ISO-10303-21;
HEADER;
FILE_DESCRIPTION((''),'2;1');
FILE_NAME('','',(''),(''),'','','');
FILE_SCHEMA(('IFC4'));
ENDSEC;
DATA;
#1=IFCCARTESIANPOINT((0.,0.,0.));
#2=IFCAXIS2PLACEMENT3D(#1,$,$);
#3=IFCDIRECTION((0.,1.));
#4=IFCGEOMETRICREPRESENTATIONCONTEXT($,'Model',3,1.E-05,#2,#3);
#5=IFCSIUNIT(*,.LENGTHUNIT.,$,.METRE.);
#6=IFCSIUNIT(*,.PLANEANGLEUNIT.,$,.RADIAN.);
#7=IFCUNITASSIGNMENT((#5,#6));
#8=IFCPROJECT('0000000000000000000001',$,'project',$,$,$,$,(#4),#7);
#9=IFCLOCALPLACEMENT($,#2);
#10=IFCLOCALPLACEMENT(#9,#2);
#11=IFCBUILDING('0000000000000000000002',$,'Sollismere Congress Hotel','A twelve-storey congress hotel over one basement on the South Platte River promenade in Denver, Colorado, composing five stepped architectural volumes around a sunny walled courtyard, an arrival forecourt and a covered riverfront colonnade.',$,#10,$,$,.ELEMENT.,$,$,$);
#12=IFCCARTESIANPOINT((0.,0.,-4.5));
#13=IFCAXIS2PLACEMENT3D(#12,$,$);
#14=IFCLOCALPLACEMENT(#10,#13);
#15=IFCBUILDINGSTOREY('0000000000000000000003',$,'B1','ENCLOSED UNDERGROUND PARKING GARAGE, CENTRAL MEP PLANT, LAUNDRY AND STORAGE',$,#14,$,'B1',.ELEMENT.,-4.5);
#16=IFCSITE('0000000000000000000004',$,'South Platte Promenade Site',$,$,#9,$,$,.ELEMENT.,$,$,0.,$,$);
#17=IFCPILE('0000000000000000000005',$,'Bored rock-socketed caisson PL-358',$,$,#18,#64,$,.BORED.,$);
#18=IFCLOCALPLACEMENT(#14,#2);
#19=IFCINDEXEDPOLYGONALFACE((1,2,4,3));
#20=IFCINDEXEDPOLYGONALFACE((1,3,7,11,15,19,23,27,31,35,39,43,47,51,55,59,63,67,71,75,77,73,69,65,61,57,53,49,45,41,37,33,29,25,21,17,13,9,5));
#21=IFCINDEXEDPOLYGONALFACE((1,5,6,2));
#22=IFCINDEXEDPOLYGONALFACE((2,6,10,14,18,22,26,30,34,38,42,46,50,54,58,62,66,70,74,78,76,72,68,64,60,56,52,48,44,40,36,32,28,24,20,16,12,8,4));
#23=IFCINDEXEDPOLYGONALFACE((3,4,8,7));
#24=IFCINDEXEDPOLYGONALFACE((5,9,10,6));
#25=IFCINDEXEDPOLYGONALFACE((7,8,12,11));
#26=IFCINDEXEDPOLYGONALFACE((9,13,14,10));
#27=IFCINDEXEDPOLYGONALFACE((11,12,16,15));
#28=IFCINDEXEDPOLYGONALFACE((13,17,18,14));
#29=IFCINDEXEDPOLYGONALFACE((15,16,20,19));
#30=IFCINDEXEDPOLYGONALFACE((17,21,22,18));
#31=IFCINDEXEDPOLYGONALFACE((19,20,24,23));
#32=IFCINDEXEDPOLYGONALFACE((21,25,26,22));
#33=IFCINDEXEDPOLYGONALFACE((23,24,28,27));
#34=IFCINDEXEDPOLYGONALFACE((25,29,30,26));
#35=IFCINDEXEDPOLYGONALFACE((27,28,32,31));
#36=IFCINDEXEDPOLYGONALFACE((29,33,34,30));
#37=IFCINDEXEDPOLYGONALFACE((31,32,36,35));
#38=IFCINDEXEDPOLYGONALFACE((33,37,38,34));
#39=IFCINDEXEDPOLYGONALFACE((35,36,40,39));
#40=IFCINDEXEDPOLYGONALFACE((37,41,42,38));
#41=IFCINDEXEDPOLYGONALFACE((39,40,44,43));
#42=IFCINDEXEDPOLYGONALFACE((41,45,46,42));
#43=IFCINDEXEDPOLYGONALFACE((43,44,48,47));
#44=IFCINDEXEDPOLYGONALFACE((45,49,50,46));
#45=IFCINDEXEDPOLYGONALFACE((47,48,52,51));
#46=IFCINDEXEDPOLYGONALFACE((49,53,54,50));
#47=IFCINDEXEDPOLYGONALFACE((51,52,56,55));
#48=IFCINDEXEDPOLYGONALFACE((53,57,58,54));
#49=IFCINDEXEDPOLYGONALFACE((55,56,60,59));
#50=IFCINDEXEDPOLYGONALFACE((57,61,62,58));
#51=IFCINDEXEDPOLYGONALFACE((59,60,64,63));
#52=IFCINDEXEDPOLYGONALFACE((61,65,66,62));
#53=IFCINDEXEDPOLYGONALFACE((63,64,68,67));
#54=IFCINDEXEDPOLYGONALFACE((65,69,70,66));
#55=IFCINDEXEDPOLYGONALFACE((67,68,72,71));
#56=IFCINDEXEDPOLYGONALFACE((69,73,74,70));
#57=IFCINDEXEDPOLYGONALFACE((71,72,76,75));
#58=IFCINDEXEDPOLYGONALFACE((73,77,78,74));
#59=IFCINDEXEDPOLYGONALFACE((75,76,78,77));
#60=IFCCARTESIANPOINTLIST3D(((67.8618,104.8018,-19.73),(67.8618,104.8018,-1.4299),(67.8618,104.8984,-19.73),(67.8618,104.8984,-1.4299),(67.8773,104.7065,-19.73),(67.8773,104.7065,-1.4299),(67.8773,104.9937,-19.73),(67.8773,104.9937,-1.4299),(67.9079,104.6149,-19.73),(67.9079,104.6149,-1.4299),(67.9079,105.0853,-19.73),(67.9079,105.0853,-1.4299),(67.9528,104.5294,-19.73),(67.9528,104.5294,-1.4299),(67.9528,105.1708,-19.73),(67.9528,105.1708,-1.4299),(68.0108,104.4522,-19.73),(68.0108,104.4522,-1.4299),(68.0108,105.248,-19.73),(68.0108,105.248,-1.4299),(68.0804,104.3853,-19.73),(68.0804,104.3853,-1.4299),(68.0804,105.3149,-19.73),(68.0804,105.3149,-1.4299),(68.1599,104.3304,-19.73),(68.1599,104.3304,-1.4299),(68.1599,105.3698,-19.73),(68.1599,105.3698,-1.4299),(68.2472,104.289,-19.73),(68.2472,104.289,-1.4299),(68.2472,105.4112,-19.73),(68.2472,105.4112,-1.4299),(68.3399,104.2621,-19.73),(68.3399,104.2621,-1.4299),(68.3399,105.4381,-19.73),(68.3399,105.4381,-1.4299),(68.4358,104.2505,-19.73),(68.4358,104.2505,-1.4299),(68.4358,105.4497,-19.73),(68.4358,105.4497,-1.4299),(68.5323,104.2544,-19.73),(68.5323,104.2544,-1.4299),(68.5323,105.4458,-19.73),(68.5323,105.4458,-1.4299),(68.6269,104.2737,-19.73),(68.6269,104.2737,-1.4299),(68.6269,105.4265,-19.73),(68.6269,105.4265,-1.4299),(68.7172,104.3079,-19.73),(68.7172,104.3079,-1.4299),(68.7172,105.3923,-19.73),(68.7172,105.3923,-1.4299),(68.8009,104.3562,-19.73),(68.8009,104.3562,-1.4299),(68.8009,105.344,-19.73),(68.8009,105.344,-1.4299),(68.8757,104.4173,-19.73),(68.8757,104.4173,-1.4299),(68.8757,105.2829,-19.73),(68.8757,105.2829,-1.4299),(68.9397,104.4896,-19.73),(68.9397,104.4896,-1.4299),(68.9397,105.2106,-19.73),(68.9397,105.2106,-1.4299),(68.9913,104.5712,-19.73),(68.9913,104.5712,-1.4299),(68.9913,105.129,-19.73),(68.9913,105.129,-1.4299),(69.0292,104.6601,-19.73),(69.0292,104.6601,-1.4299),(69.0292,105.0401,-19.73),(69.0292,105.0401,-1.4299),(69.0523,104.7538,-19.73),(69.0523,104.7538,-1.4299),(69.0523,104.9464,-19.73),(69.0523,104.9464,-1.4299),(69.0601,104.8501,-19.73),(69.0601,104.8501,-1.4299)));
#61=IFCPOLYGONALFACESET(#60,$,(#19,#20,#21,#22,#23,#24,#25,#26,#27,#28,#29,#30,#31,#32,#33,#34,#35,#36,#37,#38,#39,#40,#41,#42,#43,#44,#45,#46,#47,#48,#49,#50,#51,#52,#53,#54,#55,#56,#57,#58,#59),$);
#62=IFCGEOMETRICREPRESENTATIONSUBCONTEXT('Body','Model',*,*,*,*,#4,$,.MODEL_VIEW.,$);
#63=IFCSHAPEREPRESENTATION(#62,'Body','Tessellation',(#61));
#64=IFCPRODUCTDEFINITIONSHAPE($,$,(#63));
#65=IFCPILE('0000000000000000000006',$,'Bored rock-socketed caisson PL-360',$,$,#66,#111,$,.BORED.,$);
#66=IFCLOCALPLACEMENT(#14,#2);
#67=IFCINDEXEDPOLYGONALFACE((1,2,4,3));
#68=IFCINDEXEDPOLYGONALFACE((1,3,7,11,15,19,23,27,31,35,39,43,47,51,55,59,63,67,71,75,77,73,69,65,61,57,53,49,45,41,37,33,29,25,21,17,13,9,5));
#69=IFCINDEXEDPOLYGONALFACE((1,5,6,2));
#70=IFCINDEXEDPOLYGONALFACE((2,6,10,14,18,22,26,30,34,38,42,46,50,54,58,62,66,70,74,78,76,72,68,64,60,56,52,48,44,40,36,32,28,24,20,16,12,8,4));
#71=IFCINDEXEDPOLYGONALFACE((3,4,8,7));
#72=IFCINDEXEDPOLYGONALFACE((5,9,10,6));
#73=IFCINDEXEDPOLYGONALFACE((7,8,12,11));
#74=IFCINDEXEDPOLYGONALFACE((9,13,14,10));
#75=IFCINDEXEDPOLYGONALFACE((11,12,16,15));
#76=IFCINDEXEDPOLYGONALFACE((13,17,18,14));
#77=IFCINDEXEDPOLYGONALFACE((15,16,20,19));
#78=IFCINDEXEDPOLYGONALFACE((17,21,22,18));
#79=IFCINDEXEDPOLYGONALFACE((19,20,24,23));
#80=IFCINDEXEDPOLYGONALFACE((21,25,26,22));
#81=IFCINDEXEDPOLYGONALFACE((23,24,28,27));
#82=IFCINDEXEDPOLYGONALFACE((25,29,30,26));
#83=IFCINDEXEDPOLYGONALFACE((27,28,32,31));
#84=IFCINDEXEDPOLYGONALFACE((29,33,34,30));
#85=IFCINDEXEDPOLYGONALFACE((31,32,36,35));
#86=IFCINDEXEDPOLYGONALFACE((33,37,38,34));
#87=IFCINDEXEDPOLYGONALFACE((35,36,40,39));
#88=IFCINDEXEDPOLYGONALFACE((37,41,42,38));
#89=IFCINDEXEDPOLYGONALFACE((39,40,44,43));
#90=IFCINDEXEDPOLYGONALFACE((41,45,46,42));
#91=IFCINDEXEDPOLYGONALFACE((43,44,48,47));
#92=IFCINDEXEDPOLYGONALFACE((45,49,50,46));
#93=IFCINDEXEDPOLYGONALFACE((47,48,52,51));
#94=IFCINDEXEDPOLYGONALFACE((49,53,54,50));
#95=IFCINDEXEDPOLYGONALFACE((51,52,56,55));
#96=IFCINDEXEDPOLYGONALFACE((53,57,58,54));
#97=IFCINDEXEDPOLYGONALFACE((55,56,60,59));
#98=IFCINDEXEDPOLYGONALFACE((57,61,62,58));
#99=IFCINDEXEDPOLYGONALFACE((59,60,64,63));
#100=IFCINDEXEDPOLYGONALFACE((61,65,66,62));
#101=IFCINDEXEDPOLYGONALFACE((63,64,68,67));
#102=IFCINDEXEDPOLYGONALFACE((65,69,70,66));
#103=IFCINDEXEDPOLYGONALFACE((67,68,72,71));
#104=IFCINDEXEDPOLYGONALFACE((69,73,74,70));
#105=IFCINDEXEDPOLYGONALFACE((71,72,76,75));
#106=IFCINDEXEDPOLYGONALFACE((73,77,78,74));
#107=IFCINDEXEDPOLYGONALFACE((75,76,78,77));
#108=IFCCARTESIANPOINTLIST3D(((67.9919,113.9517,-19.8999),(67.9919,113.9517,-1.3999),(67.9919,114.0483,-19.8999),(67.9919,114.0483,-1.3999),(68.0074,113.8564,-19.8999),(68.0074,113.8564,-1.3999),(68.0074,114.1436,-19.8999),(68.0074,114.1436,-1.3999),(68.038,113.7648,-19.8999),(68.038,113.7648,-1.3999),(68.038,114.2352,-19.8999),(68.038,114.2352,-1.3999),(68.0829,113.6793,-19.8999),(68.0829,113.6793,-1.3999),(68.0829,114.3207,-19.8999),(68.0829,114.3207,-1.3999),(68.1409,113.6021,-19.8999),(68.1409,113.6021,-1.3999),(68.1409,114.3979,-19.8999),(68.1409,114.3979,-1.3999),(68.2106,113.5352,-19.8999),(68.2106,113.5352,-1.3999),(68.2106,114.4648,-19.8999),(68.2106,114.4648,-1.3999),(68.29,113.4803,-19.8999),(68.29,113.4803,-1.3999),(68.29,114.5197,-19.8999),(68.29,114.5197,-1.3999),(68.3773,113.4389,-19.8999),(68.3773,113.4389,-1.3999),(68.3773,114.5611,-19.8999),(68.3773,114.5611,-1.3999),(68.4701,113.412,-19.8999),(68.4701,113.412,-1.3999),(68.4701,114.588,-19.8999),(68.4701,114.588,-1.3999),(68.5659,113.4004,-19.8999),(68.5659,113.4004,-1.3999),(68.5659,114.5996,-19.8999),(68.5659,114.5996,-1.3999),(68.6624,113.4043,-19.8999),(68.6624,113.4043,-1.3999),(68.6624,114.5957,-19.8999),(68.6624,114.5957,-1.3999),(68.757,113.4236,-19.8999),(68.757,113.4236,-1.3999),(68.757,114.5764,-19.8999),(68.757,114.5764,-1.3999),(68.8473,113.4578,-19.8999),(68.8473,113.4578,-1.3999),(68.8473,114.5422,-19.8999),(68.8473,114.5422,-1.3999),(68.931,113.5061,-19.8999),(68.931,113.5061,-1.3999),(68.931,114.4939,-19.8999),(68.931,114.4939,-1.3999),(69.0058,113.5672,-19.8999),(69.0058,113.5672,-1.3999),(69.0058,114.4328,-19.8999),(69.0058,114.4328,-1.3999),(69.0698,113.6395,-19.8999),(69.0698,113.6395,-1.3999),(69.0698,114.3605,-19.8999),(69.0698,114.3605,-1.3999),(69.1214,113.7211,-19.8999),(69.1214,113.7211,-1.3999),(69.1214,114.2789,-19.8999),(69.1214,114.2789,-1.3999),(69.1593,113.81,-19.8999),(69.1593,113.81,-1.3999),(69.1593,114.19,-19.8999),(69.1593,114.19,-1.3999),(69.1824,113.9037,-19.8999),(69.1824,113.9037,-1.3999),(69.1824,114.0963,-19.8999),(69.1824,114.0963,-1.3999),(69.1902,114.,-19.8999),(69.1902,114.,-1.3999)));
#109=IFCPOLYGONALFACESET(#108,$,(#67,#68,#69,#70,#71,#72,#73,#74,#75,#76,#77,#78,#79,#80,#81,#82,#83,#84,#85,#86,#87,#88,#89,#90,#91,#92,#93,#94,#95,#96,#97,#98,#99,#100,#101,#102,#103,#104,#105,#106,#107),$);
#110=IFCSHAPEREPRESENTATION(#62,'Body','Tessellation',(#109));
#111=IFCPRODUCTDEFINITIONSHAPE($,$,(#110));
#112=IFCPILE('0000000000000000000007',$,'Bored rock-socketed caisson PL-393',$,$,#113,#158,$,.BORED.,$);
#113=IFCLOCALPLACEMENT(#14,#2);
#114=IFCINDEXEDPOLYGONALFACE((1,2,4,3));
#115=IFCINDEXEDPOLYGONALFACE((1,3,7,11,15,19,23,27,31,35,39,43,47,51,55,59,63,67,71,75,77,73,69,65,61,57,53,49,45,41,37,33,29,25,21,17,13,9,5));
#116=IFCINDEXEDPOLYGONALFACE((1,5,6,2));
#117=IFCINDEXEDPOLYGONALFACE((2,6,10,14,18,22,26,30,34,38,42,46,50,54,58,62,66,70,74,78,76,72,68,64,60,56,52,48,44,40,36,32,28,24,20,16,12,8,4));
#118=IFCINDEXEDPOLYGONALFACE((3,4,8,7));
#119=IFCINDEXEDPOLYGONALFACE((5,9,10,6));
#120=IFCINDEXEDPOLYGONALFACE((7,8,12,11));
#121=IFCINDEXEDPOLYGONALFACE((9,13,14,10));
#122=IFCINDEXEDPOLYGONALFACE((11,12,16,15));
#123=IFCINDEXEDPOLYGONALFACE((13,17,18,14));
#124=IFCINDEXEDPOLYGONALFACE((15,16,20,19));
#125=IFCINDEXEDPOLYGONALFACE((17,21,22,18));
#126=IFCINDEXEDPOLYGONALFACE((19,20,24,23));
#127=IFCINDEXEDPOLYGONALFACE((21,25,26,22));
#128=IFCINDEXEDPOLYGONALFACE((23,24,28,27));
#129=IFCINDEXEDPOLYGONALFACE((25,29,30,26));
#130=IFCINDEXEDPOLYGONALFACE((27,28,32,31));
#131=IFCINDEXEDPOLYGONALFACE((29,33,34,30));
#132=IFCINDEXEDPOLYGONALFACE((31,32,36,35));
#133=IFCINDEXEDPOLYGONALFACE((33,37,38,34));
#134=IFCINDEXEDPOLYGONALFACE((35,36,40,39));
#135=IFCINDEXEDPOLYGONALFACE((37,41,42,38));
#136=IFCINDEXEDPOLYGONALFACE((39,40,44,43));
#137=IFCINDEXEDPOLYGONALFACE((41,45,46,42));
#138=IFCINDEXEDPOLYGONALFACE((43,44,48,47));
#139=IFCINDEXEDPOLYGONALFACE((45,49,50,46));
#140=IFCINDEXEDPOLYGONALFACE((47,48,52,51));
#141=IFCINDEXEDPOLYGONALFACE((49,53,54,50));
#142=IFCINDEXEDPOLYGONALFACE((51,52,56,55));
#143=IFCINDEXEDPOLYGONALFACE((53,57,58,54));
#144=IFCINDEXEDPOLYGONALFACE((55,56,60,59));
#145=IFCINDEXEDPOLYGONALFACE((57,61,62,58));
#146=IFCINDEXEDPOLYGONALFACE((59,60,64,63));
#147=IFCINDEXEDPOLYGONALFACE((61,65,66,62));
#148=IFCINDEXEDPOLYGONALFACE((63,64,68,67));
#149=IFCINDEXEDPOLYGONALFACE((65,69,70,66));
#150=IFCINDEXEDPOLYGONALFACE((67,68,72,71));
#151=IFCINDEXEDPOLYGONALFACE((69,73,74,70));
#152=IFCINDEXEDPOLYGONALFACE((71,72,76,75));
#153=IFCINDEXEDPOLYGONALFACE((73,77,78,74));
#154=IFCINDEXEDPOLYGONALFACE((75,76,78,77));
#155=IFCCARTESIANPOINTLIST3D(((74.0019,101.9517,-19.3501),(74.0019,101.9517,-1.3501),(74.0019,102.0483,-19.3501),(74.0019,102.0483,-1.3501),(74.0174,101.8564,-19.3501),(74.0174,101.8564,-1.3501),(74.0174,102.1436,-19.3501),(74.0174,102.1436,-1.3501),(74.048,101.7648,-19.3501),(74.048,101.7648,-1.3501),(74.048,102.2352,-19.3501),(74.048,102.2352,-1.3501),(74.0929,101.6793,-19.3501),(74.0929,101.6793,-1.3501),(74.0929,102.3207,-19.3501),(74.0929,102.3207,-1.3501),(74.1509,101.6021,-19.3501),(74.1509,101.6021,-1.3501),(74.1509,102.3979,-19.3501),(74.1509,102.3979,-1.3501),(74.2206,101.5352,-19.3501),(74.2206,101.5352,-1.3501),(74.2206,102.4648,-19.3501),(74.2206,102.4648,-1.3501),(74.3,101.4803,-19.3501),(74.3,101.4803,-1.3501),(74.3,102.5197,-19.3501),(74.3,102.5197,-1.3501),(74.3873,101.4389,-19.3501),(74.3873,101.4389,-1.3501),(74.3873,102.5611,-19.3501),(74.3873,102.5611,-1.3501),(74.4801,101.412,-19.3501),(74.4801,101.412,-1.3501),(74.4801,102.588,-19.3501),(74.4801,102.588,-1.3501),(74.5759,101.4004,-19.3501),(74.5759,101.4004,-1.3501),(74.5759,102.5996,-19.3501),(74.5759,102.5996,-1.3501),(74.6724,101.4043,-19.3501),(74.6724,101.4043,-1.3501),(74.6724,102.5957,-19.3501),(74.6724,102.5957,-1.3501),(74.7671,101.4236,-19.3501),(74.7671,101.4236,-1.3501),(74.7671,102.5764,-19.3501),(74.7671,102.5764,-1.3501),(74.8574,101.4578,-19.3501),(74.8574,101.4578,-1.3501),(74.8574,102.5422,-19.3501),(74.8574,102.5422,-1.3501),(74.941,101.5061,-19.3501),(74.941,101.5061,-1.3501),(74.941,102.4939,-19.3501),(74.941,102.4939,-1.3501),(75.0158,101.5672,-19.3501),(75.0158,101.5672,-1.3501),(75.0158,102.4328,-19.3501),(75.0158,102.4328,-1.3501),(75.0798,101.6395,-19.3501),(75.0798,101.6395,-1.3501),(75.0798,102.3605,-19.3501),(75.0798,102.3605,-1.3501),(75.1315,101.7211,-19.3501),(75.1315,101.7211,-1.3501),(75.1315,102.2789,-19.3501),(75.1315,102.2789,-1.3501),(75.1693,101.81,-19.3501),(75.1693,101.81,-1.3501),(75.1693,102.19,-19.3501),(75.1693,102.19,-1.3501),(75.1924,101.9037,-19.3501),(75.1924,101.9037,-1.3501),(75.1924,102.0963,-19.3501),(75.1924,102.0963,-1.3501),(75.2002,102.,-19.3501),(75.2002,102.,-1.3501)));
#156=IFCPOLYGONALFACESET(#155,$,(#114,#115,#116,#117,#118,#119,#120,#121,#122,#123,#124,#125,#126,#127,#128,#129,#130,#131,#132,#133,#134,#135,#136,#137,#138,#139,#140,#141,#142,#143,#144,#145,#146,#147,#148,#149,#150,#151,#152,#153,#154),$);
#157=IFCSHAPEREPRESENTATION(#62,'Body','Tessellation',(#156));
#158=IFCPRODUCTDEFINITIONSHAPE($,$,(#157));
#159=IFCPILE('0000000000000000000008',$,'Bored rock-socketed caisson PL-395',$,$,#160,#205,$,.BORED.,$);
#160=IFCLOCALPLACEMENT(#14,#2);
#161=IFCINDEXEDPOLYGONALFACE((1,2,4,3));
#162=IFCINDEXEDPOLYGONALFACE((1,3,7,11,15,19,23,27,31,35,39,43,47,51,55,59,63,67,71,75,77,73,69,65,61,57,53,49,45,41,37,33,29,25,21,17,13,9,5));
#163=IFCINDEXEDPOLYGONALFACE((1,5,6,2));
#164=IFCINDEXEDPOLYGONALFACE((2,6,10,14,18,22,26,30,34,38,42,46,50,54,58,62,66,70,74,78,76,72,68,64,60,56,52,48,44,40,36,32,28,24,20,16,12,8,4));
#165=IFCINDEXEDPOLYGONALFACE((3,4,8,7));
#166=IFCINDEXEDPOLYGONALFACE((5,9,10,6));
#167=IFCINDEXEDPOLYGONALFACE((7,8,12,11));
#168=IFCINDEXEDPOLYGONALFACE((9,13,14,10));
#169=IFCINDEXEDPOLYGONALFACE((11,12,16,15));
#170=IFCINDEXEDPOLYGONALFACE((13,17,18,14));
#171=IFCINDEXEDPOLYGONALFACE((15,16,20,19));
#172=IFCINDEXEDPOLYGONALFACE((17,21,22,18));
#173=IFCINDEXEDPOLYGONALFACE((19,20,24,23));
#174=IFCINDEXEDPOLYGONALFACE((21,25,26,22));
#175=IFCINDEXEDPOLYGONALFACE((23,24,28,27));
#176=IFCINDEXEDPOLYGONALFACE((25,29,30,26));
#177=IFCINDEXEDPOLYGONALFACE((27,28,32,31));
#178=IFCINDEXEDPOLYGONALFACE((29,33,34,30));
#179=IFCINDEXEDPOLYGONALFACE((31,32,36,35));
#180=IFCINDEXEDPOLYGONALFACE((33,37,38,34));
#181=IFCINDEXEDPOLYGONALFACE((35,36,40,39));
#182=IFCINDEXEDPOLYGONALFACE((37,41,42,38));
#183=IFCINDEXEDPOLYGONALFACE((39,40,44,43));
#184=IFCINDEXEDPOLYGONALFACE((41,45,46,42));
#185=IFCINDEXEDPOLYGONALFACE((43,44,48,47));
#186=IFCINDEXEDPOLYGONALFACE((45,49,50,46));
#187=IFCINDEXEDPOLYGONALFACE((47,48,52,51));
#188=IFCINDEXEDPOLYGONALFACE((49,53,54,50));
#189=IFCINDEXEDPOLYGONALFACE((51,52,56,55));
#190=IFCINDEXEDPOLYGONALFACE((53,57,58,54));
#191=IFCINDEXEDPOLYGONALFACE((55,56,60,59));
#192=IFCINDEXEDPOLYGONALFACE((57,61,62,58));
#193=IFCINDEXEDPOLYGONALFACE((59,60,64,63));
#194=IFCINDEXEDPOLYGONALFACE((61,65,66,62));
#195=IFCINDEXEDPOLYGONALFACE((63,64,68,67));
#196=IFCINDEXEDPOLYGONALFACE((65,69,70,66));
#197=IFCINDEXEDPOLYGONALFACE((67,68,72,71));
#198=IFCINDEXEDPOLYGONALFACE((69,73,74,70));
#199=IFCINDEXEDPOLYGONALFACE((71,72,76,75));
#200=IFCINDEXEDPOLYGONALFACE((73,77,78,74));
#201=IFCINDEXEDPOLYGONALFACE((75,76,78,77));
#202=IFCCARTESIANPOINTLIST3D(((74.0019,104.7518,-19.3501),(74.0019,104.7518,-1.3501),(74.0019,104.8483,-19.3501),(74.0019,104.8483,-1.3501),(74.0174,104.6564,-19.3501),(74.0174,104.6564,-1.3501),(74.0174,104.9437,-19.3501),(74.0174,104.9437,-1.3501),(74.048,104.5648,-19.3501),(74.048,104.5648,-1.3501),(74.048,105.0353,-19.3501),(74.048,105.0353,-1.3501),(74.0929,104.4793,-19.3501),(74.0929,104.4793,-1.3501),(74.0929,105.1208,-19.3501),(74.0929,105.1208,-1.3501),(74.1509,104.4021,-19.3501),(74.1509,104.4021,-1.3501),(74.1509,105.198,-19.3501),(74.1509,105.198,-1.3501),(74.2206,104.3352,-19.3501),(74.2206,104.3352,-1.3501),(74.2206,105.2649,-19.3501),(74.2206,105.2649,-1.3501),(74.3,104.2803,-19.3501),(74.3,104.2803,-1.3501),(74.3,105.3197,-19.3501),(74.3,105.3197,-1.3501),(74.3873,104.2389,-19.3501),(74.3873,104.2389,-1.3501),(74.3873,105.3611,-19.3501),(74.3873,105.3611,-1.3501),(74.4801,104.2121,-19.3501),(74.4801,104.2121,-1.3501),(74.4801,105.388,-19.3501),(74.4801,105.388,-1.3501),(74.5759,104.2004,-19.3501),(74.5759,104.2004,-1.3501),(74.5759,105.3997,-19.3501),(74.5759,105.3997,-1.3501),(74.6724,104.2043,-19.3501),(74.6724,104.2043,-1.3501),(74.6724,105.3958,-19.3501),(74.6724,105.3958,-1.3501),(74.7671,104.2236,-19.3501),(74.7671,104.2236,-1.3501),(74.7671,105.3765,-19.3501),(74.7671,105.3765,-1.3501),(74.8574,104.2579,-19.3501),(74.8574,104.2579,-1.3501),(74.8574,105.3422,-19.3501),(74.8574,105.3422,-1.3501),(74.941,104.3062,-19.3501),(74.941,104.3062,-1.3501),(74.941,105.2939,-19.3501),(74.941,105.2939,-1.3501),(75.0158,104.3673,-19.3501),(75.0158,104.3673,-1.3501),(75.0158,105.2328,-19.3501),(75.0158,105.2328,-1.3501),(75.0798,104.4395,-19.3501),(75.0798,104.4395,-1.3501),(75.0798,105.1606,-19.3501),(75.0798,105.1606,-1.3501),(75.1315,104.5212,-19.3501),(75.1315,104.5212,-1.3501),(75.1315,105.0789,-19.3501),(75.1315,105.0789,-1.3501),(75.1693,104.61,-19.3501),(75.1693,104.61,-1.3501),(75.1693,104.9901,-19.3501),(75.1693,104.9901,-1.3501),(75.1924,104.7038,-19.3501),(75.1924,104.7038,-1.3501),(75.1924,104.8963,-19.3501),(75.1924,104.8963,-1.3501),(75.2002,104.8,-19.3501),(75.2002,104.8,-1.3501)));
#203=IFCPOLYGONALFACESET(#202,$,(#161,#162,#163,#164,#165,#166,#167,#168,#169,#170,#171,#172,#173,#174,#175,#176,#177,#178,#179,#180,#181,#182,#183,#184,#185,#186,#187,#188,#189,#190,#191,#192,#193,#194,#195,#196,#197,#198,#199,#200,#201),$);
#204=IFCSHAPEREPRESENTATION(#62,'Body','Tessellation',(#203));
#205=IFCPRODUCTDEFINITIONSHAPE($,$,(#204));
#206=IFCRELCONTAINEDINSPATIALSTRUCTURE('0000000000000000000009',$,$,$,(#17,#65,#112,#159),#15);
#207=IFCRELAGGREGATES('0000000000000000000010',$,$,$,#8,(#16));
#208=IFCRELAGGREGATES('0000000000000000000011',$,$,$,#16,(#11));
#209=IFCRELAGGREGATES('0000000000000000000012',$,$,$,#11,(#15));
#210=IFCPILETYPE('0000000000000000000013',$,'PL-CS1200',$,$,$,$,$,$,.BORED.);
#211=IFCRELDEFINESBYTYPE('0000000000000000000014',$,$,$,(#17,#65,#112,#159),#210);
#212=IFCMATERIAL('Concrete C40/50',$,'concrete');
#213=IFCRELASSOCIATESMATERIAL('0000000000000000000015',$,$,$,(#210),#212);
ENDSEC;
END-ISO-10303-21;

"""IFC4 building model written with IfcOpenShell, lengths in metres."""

from ifc_helpers import new_model, si_unit, direction, frame, origin, origin_2d, place, context, subcontext, project, spatial, circle, extrude, material, material_profile, profile_set, type_object, element, save


model = new_model("IFC4")

# Units and contexts
model_context = context("Model", 3, precision=1e-05, world=origin(), true_north=direction((0.0, 1.0)))
body_context = subcontext(model_context, "Body", "Model", "MODEL_VIEW")
ifc_project = project(units=[si_unit("LENGTHUNIT", "METRE"), si_unit("PLANEANGLEUNIT", "RADIAN")], contexts=[model_context])

# Site, building, storey
site_placement = place(None, origin())
site = spatial("IfcSite", under=ifc_project, at=site_placement, Name="South Platte Promenade Site", CompositionType="ELEMENT", RefElevation=0.0)
building_placement = place(site_placement, origin())
building = spatial("IfcBuilding", under=site, at=building_placement, Name="Sollismere Congress Hotel", Description="A twelve-storey congress hotel over one basement on the South Platte River promenade in Denver, Colorado, composing five stepped architectural volumes around a sunny walled courtyard, an arrival forecourt and a covered riverfront colonnade.", CompositionType="ELEMENT")
storey_placement = place(building_placement, frame((0.0, 0.0, -4.5)))
storey = spatial("IfcBuildingStorey", under=building, at=storey_placement, Name="B1", Description="ENCLOSED UNDERGROUND PARKING GARAGE, CENTRAL MEP PLANT, LAUNDRY AND STORAGE", LongName="B1", CompositionType="ELEMENT", Elevation=-4.5)

# Shared definitions
ifc_material_1 = material(Name="Concrete C40/50", Category="concrete")

# Piles
ifc_material_profile_1 = material_profile(ifc_material_1, circle(Radius=0.6001, at=origin_2d()), Name="CAISSON1200")
ifc_profile_set_1 = profile_set([ifc_material_profile_1], Name="Concrete C40/50")
pile_type = type_object("IfcPileType", Name="PL-CS1200", PredefinedType="BORED", material=ifc_profile_set_1)
for number, where, z_axis, x_axis, name in (
    (1, (68.46, 104.8501, -1.4299), (0.0, 0.0, -1.0), (1.0, 0.0, 0.0), "Bored rock-socketed caisson PL-358"),
):
    element("IfcPile", number, at=place(storey_placement, frame(where, z_axis=z_axis, x_axis=x_axis)), inside=storey, type_object=pile_type, Name=name, PredefinedType="BORED", context=body_context, shape_type="SweptSolid", body=[
        extrude(circle(Radius=0.6001, at=origin_2d()), origin(), (0.0, 0.0, 1.0), 18.3),
    ])
pile_1_placement = place(storey_placement, frame((68.5901, 114.0, -1.3999), z_axis=(0.0, 0.0, -1.0), x_axis=(1.0, 0.0, 0.0)))
element("IfcPile", 2, at=pile_1_placement, inside=storey, type_object=pile_type, Name="Bored rock-socketed caisson PL-360", PredefinedType="BORED", context=body_context, shape_type="SweptSolid", body=[
    extrude(circle(Radius=0.6001, at=origin_2d()), origin(), (0.0, 0.0, 1.0), 18.5),
])
for number, where, z_axis, x_axis, name in (
    (3, (74.6001, 102.0, -1.3501), (0.0, 0.0, -1.0), (1.0, 0.0, 0.0), "Bored rock-socketed caisson PL-393"),
    (4, (74.6001, 104.8, -1.3501), (0.0, 0.0, -1.0), (1.0, 0.0, 0.0), "Bored rock-socketed caisson PL-395"),
):
    element("IfcPile", number, at=place(storey_placement, frame(where, z_axis=z_axis, x_axis=x_axis)), inside=storey, type_object=pile_type, Name=name, PredefinedType="BORED", context=body_context, shape_type="SweptSolid", body=[
        extrude(circle(Radius=0.6001, at=origin_2d()), origin(), (0.0, 0.0, 1.0), 18.0),
    ])

save(model, "model.ifc")
